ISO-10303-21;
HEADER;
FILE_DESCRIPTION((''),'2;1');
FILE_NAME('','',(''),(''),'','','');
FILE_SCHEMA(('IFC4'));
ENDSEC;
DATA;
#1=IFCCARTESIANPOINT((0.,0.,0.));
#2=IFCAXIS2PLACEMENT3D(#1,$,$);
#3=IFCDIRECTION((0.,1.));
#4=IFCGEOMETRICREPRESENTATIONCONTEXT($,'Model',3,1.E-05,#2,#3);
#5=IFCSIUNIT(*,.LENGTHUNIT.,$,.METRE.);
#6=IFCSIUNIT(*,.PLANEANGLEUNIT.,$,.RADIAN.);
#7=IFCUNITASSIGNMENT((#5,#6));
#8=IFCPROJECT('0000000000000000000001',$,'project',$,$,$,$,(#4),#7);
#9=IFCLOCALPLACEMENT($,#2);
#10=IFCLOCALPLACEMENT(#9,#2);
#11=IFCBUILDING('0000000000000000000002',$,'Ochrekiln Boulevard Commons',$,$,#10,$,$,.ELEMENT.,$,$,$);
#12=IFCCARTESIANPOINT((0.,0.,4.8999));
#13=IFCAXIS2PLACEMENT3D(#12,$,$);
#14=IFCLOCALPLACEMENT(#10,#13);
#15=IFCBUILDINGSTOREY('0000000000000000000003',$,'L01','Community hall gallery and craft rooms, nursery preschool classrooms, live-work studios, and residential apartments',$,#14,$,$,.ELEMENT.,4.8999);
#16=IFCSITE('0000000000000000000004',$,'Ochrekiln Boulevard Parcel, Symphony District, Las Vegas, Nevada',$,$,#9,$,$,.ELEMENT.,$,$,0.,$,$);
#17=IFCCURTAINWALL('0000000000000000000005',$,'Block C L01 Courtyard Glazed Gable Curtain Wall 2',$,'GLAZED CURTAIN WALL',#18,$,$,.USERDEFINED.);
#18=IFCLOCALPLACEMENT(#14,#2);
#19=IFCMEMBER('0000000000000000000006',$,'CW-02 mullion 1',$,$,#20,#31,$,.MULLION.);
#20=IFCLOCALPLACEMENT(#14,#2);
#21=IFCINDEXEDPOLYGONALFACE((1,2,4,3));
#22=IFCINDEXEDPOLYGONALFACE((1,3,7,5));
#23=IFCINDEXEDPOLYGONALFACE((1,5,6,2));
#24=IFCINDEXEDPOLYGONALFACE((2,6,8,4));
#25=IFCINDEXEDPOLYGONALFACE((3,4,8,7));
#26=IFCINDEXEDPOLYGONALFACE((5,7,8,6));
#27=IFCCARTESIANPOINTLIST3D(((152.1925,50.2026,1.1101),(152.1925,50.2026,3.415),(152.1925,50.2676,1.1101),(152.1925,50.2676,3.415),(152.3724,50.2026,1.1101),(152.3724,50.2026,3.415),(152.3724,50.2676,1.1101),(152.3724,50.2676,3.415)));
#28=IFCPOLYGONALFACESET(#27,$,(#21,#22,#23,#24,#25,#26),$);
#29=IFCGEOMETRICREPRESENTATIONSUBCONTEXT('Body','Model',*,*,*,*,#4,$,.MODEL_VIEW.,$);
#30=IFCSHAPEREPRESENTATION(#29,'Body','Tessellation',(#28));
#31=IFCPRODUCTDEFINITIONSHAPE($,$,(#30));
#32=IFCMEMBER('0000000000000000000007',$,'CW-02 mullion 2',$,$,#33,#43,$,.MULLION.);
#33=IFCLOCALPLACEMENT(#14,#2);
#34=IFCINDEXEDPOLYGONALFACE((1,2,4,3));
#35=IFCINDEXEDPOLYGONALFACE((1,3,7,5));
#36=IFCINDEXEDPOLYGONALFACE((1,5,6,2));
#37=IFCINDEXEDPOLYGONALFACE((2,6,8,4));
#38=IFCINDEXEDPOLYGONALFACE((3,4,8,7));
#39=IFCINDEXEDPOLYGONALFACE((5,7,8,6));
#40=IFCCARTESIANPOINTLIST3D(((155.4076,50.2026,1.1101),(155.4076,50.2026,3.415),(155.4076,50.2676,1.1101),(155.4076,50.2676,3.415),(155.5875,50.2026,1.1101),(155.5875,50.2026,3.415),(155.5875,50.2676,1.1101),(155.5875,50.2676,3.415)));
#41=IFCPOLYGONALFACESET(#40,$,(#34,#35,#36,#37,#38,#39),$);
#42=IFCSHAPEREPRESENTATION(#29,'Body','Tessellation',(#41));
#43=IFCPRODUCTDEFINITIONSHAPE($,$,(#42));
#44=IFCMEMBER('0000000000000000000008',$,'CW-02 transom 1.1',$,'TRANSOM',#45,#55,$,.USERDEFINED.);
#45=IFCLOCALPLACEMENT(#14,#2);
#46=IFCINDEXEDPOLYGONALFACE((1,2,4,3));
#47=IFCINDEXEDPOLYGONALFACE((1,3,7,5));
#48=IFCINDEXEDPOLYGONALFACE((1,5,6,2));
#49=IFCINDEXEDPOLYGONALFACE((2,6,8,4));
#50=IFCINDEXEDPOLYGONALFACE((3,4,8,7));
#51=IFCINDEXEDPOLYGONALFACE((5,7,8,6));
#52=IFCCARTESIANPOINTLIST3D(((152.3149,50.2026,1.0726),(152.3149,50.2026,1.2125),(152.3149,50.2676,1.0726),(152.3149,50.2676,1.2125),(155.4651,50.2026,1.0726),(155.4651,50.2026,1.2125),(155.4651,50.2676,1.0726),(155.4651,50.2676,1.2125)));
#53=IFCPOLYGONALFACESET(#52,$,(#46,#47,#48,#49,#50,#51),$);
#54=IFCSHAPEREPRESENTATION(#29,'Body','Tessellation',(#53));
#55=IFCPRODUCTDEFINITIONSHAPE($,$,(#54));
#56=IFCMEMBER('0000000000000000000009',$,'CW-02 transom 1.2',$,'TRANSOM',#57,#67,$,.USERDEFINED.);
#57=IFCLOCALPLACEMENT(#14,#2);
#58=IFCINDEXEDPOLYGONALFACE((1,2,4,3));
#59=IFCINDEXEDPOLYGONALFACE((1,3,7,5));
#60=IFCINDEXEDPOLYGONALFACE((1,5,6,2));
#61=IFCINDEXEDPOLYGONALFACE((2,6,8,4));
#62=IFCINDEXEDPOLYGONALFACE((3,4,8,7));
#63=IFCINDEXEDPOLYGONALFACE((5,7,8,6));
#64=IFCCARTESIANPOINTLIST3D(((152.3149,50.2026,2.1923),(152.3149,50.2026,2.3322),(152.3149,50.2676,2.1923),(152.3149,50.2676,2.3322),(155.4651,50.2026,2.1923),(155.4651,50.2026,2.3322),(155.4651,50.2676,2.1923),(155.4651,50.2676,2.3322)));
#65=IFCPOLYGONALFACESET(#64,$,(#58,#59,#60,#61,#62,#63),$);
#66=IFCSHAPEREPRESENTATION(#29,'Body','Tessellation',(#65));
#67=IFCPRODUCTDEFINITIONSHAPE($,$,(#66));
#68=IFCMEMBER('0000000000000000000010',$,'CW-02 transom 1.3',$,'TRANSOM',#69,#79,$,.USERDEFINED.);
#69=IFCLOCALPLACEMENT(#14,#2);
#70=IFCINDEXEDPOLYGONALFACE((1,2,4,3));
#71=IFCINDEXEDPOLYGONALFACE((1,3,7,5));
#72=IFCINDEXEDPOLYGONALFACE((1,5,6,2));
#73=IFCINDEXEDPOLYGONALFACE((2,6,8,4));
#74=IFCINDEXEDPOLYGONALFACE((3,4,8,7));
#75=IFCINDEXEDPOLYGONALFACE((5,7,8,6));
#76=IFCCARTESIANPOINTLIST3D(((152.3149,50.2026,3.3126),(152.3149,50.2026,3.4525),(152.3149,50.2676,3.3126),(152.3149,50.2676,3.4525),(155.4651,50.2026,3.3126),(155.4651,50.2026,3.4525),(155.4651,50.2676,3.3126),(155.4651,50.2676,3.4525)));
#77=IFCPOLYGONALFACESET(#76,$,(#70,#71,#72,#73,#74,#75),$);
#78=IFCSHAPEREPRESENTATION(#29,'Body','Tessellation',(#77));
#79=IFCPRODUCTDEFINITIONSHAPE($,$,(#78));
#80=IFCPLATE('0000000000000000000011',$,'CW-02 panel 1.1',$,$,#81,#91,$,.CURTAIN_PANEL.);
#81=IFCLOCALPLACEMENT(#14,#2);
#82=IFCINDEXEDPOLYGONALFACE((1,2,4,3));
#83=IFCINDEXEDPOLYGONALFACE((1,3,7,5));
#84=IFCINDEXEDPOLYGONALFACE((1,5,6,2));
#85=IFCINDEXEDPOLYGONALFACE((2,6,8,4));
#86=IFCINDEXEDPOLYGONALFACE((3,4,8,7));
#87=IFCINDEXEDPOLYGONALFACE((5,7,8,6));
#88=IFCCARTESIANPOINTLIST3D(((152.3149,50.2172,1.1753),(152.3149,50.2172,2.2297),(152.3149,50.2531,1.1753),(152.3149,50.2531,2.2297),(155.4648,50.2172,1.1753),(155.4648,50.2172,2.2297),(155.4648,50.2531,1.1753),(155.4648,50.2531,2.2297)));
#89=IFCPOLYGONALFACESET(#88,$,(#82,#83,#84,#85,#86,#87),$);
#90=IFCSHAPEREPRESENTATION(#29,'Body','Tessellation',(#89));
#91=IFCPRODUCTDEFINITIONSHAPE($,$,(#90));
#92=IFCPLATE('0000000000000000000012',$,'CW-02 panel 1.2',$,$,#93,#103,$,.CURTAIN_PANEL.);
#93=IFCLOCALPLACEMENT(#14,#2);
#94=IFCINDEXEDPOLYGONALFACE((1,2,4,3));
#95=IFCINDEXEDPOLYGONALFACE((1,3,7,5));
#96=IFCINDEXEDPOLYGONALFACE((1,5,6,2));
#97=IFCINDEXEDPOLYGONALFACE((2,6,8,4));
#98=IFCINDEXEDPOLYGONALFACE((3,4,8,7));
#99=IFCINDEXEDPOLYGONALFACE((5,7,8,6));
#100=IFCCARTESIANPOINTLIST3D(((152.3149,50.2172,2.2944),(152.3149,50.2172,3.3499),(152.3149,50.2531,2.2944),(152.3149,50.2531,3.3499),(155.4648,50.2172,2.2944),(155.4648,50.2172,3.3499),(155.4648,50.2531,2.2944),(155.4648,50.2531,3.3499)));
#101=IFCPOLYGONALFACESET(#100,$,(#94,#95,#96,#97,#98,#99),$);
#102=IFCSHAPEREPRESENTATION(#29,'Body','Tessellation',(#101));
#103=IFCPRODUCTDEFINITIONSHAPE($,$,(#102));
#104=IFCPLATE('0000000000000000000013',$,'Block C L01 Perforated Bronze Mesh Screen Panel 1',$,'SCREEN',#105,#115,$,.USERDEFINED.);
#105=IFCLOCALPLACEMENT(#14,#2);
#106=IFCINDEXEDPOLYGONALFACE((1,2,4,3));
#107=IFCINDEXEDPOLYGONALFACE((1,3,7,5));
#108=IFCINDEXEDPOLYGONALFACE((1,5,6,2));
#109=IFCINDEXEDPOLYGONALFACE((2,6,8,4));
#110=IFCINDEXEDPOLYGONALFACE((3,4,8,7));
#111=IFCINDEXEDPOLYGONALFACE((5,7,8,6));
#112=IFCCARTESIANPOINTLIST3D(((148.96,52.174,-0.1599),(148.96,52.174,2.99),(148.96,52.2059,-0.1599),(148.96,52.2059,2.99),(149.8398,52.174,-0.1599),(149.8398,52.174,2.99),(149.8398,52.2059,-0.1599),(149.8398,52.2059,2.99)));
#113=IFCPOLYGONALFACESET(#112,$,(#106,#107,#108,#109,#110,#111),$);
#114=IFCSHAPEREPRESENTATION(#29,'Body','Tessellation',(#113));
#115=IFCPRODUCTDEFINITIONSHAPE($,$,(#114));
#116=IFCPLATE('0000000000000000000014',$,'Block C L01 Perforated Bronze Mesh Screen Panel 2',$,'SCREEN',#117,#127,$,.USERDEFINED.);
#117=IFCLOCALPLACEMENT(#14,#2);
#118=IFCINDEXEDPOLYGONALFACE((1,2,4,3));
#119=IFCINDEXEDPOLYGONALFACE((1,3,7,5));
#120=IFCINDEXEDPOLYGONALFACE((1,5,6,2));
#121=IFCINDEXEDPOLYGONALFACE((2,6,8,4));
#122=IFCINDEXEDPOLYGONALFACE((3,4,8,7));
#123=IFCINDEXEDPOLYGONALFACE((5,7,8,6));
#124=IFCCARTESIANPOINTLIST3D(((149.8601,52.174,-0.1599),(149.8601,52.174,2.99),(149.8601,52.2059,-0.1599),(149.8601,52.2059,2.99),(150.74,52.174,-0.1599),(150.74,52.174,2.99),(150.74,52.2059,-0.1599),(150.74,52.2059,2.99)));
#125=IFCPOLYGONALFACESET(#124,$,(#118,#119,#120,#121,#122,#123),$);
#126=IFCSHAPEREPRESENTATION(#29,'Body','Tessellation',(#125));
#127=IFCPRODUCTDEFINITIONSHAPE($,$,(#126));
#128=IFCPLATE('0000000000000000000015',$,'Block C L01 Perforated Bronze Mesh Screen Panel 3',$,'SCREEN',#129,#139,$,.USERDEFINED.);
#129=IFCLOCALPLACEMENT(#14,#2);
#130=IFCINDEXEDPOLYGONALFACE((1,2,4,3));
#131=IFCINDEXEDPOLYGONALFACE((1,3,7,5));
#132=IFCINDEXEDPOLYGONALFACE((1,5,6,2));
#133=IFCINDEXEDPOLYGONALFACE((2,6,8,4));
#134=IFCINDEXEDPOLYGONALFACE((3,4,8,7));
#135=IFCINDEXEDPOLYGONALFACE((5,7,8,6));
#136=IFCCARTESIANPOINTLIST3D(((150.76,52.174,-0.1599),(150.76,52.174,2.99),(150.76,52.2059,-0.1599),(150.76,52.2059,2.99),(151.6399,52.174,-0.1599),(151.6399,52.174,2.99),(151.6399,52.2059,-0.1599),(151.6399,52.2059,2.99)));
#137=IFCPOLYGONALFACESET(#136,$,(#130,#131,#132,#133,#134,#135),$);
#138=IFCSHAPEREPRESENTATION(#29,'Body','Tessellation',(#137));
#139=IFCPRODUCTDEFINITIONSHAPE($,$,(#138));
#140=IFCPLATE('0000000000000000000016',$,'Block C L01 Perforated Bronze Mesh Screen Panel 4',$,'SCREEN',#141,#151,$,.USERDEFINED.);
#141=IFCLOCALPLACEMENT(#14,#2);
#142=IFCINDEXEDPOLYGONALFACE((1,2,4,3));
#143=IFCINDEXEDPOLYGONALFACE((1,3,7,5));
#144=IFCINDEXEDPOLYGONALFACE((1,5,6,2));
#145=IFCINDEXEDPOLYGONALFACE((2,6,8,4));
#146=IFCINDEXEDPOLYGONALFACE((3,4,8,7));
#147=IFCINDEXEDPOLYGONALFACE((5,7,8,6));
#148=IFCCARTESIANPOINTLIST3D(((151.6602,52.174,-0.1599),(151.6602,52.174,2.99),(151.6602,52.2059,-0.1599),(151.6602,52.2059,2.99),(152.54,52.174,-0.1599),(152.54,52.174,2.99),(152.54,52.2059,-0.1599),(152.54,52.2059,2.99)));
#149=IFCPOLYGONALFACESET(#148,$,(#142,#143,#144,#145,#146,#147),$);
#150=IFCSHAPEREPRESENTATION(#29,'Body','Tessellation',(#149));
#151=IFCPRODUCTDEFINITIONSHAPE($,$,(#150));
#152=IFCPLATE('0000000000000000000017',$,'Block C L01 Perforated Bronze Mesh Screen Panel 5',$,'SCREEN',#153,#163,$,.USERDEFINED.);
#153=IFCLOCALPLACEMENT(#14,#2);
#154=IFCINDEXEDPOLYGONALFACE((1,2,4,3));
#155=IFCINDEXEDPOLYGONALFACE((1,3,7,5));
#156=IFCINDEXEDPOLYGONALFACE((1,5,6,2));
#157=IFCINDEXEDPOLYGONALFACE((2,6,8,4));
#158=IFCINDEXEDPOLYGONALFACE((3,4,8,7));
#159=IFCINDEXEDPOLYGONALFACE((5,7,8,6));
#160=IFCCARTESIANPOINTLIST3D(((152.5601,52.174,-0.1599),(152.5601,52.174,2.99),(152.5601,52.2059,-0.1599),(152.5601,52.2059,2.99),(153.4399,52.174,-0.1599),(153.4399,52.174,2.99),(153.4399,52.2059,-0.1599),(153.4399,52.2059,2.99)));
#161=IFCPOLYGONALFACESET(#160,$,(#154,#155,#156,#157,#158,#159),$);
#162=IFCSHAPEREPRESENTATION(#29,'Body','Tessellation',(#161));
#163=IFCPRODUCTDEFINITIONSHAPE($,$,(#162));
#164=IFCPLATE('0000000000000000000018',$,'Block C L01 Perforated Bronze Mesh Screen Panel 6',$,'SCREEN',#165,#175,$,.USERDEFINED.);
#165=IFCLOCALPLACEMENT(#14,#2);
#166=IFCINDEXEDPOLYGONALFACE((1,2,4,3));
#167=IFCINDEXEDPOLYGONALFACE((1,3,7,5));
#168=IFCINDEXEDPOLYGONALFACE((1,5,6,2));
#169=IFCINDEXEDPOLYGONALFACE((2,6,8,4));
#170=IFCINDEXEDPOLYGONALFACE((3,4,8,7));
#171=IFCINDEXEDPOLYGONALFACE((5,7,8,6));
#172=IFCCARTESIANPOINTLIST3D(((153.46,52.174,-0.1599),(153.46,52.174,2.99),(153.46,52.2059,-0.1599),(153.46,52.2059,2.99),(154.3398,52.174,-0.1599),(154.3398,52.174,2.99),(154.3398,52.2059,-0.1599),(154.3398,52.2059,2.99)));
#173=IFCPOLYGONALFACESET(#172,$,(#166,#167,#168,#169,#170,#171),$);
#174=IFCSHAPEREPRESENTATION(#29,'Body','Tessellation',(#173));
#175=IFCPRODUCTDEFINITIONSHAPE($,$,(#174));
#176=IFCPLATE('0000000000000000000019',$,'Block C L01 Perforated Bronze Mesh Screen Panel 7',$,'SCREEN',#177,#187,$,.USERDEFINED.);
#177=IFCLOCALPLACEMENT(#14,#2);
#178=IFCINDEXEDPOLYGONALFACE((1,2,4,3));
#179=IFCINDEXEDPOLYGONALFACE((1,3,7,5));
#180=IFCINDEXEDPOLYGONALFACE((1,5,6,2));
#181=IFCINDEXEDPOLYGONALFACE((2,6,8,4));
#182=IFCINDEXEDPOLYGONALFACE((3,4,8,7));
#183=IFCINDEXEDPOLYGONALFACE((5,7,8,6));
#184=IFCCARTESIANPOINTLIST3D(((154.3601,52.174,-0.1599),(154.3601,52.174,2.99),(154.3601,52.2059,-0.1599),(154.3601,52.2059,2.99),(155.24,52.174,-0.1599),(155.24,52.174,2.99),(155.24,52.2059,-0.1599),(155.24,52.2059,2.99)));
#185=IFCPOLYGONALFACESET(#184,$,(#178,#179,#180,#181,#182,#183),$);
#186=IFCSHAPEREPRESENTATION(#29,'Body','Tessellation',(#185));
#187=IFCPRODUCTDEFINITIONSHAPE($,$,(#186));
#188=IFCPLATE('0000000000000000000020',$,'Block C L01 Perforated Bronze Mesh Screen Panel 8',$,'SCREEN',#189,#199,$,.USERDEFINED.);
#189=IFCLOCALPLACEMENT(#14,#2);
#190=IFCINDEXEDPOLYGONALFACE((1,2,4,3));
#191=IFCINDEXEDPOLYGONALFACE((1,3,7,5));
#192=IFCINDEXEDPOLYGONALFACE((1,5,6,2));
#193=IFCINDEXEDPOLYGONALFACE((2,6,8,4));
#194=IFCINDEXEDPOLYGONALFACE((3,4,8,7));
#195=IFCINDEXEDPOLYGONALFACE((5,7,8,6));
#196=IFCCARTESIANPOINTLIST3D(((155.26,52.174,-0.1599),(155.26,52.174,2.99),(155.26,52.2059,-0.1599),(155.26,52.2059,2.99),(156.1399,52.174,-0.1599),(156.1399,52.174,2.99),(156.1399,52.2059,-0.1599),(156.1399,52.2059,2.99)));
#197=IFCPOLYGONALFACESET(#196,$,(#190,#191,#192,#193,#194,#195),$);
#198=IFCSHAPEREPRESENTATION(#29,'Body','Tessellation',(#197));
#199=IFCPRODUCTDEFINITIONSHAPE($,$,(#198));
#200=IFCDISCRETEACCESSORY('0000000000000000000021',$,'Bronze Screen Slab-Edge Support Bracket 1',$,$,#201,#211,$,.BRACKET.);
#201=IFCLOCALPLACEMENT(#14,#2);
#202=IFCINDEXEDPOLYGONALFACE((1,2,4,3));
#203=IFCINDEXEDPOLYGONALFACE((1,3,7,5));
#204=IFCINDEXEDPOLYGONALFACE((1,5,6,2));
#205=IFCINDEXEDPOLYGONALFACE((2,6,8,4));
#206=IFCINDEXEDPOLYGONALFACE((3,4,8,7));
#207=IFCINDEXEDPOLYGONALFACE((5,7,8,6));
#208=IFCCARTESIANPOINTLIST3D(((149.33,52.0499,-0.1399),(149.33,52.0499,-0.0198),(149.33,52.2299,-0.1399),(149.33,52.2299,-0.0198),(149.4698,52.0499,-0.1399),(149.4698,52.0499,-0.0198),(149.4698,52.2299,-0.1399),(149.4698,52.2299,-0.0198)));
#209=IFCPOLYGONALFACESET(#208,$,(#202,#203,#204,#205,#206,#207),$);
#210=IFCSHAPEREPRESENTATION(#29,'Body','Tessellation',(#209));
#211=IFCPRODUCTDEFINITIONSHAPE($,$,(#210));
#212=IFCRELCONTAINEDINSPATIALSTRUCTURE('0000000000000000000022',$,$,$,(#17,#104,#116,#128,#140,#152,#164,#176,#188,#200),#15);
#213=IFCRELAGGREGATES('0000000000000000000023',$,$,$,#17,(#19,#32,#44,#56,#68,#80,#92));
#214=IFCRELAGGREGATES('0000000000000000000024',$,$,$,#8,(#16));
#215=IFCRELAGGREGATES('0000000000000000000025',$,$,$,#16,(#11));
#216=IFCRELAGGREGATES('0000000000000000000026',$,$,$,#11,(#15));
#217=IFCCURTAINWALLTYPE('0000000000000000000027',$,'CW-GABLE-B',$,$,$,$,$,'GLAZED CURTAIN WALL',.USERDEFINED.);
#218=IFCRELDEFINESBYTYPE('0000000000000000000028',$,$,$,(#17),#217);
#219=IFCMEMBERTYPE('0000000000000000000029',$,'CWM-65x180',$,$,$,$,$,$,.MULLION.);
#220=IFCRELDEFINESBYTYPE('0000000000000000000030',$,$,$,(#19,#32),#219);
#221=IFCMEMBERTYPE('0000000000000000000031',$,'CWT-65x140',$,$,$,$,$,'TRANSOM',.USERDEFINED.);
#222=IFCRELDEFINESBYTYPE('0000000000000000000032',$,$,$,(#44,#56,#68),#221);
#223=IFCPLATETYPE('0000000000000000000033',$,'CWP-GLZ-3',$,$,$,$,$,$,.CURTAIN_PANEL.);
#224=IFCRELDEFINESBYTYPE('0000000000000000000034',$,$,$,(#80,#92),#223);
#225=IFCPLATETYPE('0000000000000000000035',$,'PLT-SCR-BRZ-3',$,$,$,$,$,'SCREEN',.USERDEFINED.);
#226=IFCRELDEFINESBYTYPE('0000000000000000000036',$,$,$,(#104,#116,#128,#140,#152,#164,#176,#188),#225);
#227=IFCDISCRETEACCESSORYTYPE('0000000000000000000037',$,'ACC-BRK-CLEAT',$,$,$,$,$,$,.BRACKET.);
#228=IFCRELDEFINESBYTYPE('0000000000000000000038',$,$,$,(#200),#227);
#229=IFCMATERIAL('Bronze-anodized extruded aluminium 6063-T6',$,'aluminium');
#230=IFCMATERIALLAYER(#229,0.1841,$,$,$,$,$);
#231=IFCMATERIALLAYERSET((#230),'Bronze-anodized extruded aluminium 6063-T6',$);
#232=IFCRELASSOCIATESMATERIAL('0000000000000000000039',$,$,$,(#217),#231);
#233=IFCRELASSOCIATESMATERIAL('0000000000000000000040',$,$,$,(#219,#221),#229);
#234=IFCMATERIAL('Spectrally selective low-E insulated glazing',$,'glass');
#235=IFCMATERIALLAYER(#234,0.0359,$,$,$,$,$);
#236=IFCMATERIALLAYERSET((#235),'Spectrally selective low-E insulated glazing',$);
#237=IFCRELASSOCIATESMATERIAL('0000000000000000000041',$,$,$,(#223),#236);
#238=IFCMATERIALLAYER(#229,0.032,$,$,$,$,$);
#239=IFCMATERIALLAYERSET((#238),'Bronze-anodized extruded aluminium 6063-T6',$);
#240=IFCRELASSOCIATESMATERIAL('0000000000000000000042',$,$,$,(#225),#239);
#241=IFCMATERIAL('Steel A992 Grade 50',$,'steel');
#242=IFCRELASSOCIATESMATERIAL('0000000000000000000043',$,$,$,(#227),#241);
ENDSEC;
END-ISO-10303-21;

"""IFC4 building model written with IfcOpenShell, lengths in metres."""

from ifc_helpers import new_model, si_unit, direction, frame, origin, origin_2d, place, context, subcontext, project, spatial, rectangle, extrude, material, layer, layer_set, material_profile, profile_set, type_object, element, aggregate, save


model = new_model("IFC4")

# Units and contexts
model_context = context("Model", 3, precision=1e-05, world=origin(), true_north=direction((0.0, 1.0)))
body_context = subcontext(model_context, "Body", "Model", "MODEL_VIEW")
ifc_project = project(units=[si_unit("LENGTHUNIT", "METRE"), si_unit("PLANEANGLEUNIT", "RADIAN")], contexts=[model_context])

# Site, building, storey
site_placement = place(None, origin())
site = spatial("IfcSite", under=ifc_project, at=site_placement, Name="Ochrekiln Boulevard Parcel, Symphony District, Las Vegas, Nevada", CompositionType="ELEMENT", RefElevation=0.0)
building_placement = place(site_placement, origin())
building = spatial("IfcBuilding", under=site, at=building_placement, Name="Ochrekiln Boulevard Commons", CompositionType="ELEMENT")
storey_placement = place(building_placement, frame((0.0, 0.0, 4.8999)))
storey = spatial("IfcBuildingStorey", under=building, at=storey_placement, Name="L01", Description="Community hall gallery and craft rooms, nursery preschool classrooms, live-work studios, and residential apartments", CompositionType="ELEMENT", Elevation=4.8999)

# Curtain wall, members, plates
ifc_material_1 = material(Name="Bronze-anodized extruded aluminium 6063-T6", Category="aluminium")
ifc_layer_1 = layer(ifc_material_1, 0.1841)
ifc_layer_set_1 = layer_set([ifc_layer_1], Name="Bronze-anodized extruded aluminium 6063-T6")
curtain_wall_type = type_object("IfcCurtainWallType", Name="CW-GABLE-B", ElementType="GLAZED CURTAIN WALL", PredefinedType="USERDEFINED", material=ifc_layer_set_1)
curtain_wall_placement = place(storey_placement, origin())
curtain_wall = element("IfcCurtainWall", 1, at=curtain_wall_placement, inside=storey, type_object=curtain_wall_type, Name="Block C L01 Courtyard Glazed Gable Curtain Wall 2", ObjectType="GLAZED CURTAIN WALL", PredefinedType="USERDEFINED")
ifc_material_profile_1 = material_profile(ifc_material_1, rectangle(XDim=0.0649, YDim=0.1799, at=origin_2d()), Name="ALU-MUL-65x180")
ifc_profile_set_1 = profile_set([ifc_material_profile_1], Name="Bronze-anodized extruded aluminium 6063-T6")
member_type_1 = type_object("IfcMemberType", Name="CWM-65x180", PredefinedType="MULLION", material=ifc_profile_set_1)
member_1_placement = place(storey_placement, frame((152.2825, 50.2351, 1.1101), z_axis=(0.0, 0.0, 1.0), x_axis=(0.0, 1.0, 0.0)))
member_1 = element("IfcMember", 2, at=member_1_placement, type_object=member_type_1, Name="CW-02 mullion 1", PredefinedType="MULLION", context=body_context, shape_type="SweptSolid", body=[
    extrude(rectangle(XDim=0.0649, YDim=0.1799, at=origin_2d()), origin(), (0.0, 0.0, 1.0), 2.3049),
])
member_2_placement = place(storey_placement, frame((155.4976, 50.2351, 1.1101), z_axis=(0.0, 0.0, 1.0), x_axis=(0.0, 1.0, 0.0)))
member_2 = element("IfcMember", 3, at=member_2_placement, type_object=member_type_1, Name="CW-02 mullion 2", PredefinedType="MULLION", context=body_context, shape_type="SweptSolid", body=[
    extrude(rectangle(XDim=0.0649, YDim=0.1799, at=origin_2d()), origin(), (0.0, 0.0, 1.0), 2.3049),
])
ifc_material_profile_2 = material_profile(ifc_material_1, rectangle(XDim=0.0649, YDim=0.1399, at=origin_2d()), Name="ALU-TRN-65x140")
ifc_profile_set_2 = profile_set([ifc_material_profile_2], Name="Bronze-anodized extruded aluminium 6063-T6")
member_type_2 = type_object("IfcMemberType", Name="CWT-65x140", ElementType="TRANSOM", PredefinedType="USERDEFINED", material=ifc_profile_set_2)
member_3_placement = place(storey_placement, frame((152.3149, 50.2351, 1.1426), z_axis=(1.0, 0.0, 0.0), x_axis=(0.0, 1.0, 0.0)))
member_3 = element("IfcMember", 4, at=member_3_placement, type_object=member_type_2, Name="CW-02 transom 1.1", ObjectType="TRANSOM", PredefinedType="USERDEFINED", context=body_context, shape_type="SweptSolid", body=[
    extrude(rectangle(XDim=0.0649, YDim=0.1399, at=origin_2d()), origin(), (0.0, 0.0, 1.0), 3.1501),
])
member_4_placement = place(storey_placement, frame((152.3149, 50.2351, 2.2622), z_axis=(1.0, 0.0, 0.0), x_axis=(0.0, 1.0, 0.0)))
member_4 = element("IfcMember", 5, at=member_4_placement, type_object=member_type_2, Name="CW-02 transom 1.2", ObjectType="TRANSOM", PredefinedType="USERDEFINED", context=body_context, shape_type="SweptSolid", body=[
    extrude(rectangle(XDim=0.0649, YDim=0.1399, at=origin_2d()), origin(), (0.0, 0.0, 1.0), 3.1501),
])
member_5_placement = place(storey_placement, frame((152.3149, 50.2351, 3.3826), z_axis=(1.0, 0.0, 0.0), x_axis=(0.0, 1.0, 0.0)))
member_5 = element("IfcMember", 6, at=member_5_placement, type_object=member_type_2, Name="CW-02 transom 1.3", ObjectType="TRANSOM", PredefinedType="USERDEFINED", context=body_context, shape_type="SweptSolid", body=[
    extrude(rectangle(XDim=0.0649, YDim=0.1399, at=origin_2d()), origin(), (0.0, 0.0, 1.0), 3.1501),
])
ifc_material_2 = material(Name="Spectrally selective low-E insulated glazing", Category="glass")
ifc_layer_2 = layer(ifc_material_2, 0.0359)
ifc_layer_set_2 = layer_set([ifc_layer_2], Name="Spectrally selective low-E insulated glazing")
plate_type_1 = type_object("IfcPlateType", Name="CWP-GLZ-3", PredefinedType="CURTAIN_PANEL", material=ifc_layer_set_2)
plate_1_placement = place(storey_placement, frame((153.8899, 50.2351, 1.1753), z_axis=(0.0, 0.0, 1.0), x_axis=(1.0, 0.0, 0.0)))
plate_1 = element("IfcPlate", 7, at=plate_1_placement, type_object=plate_type_1, Name="CW-02 panel 1.1", PredefinedType="CURTAIN_PANEL", context=body_context, shape_type="SweptSolid", body=[
    extrude(rectangle(XDim=3.1499, YDim=0.0359, at=origin_2d()), origin(), (0.0, 0.0, 1.0), 1.0544),
])
plate_2_placement = place(storey_placement, frame((153.8899, 50.2351, 2.2944), z_axis=(0.0, 0.0, 1.0), x_axis=(1.0, 0.0, 0.0)))
plate_2 = element("IfcPlate", 8, at=plate_2_placement, type_object=plate_type_1, Name="CW-02 panel 1.2", PredefinedType="CURTAIN_PANEL", context=body_context, shape_type="SweptSolid", body=[
    extrude(rectangle(XDim=3.1499, YDim=0.0359, at=origin_2d()), origin(), (0.0, 0.0, 1.0), 1.0554),
])
aggregate(curtain_wall, [member_1, member_2, member_3, member_4, member_5, plate_1, plate_2])

# Plates
ifc_layer_3 = layer(ifc_material_1, 0.032)
ifc_layer_set_3 = layer_set([ifc_layer_3], Name="Bronze-anodized extruded aluminium 6063-T6")
plate_type_2 = type_object("IfcPlateType", Name="PLT-SCR-BRZ-3", ElementType="SCREEN", PredefinedType="USERDEFINED", material=ifc_layer_set_3)
for number, where, z_axis, x_axis, name in (
    (9, (149.3999, 52.1899, -0.1599), (0.0, 0.0, 1.0), (1.0, 0.0, 0.0), "Block C L01 Perforated Bronze Mesh Screen Panel 1"),
    (10, (150.3, 52.1899, -0.1599), (0.0, 0.0, 1.0), (1.0, 0.0, 0.0), "Block C L01 Perforated Bronze Mesh Screen Panel 2"),
    (11, (151.2, 52.1899, -0.1599), (0.0, 0.0, 1.0), (1.0, 0.0, 0.0), "Block C L01 Perforated Bronze Mesh Screen Panel 3"),
    (12, (152.1001, 52.1899, -0.1599), (0.0, 0.0, 1.0), (1.0, 0.0, 0.0), "Block C L01 Perforated Bronze Mesh Screen Panel 4"),
    (13, (153.0, 52.1899, -0.1599), (0.0, 0.0, 1.0), (1.0, 0.0, 0.0), "Block C L01 Perforated Bronze Mesh Screen Panel 5"),
    (14, (153.8999, 52.1899, -0.1599), (0.0, 0.0, 1.0), (1.0, 0.0, 0.0), "Block C L01 Perforated Bronze Mesh Screen Panel 6"),
    (15, (154.8, 52.1899, -0.1599), (0.0, 0.0, 1.0), (1.0, 0.0, 0.0), "Block C L01 Perforated Bronze Mesh Screen Panel 7"),
    (16, (155.7, 52.1899, -0.1599), (0.0, 0.0, 1.0), (1.0, 0.0, 0.0), "Block C L01 Perforated Bronze Mesh Screen Panel 8"),
):
    element("IfcPlate", number, at=place(storey_placement, frame(where, z_axis=z_axis, x_axis=x_axis)), inside=storey, type_object=plate_type_2, Name=name, ObjectType="SCREEN", PredefinedType="USERDEFINED", context=body_context, shape_type="SweptSolid", body=[
        extrude(rectangle(XDim=0.8799, YDim=0.032, at=origin_2d()), origin(), (0.0, 0.0, 1.0), 3.1499),
    ])

# Discrete accessory
ifc_material_3 = material(Name="Steel A992 Grade 50", Category="steel")
discrete_accessory_type = type_object("IfcDiscreteAccessoryType", Name="ACC-BRK-CLEAT", PredefinedType="BRACKET", material=ifc_material_3)
for number, where, z_axis, x_axis, name in (
    (17, (149.3999, 52.1399, -0.1399), (0.0, 0.0, 1.0), (1.0, 0.0, 0.0), "Bronze Screen Slab-Edge Support Bracket 1"),
):
    element("IfcDiscreteAccessory", number, at=place(storey_placement, frame(where, z_axis=z_axis, x_axis=x_axis)), inside=storey, type_object=discrete_accessory_type, Name=name, PredefinedType="BRACKET", context=body_context, shape_type="SweptSolid", body=[
        extrude(rectangle(XDim=0.1399, YDim=0.1799, at=origin_2d()), origin(), (0.0, 0.0, 1.0), 0.1201),
    ])

save(model, "model.ifc")
